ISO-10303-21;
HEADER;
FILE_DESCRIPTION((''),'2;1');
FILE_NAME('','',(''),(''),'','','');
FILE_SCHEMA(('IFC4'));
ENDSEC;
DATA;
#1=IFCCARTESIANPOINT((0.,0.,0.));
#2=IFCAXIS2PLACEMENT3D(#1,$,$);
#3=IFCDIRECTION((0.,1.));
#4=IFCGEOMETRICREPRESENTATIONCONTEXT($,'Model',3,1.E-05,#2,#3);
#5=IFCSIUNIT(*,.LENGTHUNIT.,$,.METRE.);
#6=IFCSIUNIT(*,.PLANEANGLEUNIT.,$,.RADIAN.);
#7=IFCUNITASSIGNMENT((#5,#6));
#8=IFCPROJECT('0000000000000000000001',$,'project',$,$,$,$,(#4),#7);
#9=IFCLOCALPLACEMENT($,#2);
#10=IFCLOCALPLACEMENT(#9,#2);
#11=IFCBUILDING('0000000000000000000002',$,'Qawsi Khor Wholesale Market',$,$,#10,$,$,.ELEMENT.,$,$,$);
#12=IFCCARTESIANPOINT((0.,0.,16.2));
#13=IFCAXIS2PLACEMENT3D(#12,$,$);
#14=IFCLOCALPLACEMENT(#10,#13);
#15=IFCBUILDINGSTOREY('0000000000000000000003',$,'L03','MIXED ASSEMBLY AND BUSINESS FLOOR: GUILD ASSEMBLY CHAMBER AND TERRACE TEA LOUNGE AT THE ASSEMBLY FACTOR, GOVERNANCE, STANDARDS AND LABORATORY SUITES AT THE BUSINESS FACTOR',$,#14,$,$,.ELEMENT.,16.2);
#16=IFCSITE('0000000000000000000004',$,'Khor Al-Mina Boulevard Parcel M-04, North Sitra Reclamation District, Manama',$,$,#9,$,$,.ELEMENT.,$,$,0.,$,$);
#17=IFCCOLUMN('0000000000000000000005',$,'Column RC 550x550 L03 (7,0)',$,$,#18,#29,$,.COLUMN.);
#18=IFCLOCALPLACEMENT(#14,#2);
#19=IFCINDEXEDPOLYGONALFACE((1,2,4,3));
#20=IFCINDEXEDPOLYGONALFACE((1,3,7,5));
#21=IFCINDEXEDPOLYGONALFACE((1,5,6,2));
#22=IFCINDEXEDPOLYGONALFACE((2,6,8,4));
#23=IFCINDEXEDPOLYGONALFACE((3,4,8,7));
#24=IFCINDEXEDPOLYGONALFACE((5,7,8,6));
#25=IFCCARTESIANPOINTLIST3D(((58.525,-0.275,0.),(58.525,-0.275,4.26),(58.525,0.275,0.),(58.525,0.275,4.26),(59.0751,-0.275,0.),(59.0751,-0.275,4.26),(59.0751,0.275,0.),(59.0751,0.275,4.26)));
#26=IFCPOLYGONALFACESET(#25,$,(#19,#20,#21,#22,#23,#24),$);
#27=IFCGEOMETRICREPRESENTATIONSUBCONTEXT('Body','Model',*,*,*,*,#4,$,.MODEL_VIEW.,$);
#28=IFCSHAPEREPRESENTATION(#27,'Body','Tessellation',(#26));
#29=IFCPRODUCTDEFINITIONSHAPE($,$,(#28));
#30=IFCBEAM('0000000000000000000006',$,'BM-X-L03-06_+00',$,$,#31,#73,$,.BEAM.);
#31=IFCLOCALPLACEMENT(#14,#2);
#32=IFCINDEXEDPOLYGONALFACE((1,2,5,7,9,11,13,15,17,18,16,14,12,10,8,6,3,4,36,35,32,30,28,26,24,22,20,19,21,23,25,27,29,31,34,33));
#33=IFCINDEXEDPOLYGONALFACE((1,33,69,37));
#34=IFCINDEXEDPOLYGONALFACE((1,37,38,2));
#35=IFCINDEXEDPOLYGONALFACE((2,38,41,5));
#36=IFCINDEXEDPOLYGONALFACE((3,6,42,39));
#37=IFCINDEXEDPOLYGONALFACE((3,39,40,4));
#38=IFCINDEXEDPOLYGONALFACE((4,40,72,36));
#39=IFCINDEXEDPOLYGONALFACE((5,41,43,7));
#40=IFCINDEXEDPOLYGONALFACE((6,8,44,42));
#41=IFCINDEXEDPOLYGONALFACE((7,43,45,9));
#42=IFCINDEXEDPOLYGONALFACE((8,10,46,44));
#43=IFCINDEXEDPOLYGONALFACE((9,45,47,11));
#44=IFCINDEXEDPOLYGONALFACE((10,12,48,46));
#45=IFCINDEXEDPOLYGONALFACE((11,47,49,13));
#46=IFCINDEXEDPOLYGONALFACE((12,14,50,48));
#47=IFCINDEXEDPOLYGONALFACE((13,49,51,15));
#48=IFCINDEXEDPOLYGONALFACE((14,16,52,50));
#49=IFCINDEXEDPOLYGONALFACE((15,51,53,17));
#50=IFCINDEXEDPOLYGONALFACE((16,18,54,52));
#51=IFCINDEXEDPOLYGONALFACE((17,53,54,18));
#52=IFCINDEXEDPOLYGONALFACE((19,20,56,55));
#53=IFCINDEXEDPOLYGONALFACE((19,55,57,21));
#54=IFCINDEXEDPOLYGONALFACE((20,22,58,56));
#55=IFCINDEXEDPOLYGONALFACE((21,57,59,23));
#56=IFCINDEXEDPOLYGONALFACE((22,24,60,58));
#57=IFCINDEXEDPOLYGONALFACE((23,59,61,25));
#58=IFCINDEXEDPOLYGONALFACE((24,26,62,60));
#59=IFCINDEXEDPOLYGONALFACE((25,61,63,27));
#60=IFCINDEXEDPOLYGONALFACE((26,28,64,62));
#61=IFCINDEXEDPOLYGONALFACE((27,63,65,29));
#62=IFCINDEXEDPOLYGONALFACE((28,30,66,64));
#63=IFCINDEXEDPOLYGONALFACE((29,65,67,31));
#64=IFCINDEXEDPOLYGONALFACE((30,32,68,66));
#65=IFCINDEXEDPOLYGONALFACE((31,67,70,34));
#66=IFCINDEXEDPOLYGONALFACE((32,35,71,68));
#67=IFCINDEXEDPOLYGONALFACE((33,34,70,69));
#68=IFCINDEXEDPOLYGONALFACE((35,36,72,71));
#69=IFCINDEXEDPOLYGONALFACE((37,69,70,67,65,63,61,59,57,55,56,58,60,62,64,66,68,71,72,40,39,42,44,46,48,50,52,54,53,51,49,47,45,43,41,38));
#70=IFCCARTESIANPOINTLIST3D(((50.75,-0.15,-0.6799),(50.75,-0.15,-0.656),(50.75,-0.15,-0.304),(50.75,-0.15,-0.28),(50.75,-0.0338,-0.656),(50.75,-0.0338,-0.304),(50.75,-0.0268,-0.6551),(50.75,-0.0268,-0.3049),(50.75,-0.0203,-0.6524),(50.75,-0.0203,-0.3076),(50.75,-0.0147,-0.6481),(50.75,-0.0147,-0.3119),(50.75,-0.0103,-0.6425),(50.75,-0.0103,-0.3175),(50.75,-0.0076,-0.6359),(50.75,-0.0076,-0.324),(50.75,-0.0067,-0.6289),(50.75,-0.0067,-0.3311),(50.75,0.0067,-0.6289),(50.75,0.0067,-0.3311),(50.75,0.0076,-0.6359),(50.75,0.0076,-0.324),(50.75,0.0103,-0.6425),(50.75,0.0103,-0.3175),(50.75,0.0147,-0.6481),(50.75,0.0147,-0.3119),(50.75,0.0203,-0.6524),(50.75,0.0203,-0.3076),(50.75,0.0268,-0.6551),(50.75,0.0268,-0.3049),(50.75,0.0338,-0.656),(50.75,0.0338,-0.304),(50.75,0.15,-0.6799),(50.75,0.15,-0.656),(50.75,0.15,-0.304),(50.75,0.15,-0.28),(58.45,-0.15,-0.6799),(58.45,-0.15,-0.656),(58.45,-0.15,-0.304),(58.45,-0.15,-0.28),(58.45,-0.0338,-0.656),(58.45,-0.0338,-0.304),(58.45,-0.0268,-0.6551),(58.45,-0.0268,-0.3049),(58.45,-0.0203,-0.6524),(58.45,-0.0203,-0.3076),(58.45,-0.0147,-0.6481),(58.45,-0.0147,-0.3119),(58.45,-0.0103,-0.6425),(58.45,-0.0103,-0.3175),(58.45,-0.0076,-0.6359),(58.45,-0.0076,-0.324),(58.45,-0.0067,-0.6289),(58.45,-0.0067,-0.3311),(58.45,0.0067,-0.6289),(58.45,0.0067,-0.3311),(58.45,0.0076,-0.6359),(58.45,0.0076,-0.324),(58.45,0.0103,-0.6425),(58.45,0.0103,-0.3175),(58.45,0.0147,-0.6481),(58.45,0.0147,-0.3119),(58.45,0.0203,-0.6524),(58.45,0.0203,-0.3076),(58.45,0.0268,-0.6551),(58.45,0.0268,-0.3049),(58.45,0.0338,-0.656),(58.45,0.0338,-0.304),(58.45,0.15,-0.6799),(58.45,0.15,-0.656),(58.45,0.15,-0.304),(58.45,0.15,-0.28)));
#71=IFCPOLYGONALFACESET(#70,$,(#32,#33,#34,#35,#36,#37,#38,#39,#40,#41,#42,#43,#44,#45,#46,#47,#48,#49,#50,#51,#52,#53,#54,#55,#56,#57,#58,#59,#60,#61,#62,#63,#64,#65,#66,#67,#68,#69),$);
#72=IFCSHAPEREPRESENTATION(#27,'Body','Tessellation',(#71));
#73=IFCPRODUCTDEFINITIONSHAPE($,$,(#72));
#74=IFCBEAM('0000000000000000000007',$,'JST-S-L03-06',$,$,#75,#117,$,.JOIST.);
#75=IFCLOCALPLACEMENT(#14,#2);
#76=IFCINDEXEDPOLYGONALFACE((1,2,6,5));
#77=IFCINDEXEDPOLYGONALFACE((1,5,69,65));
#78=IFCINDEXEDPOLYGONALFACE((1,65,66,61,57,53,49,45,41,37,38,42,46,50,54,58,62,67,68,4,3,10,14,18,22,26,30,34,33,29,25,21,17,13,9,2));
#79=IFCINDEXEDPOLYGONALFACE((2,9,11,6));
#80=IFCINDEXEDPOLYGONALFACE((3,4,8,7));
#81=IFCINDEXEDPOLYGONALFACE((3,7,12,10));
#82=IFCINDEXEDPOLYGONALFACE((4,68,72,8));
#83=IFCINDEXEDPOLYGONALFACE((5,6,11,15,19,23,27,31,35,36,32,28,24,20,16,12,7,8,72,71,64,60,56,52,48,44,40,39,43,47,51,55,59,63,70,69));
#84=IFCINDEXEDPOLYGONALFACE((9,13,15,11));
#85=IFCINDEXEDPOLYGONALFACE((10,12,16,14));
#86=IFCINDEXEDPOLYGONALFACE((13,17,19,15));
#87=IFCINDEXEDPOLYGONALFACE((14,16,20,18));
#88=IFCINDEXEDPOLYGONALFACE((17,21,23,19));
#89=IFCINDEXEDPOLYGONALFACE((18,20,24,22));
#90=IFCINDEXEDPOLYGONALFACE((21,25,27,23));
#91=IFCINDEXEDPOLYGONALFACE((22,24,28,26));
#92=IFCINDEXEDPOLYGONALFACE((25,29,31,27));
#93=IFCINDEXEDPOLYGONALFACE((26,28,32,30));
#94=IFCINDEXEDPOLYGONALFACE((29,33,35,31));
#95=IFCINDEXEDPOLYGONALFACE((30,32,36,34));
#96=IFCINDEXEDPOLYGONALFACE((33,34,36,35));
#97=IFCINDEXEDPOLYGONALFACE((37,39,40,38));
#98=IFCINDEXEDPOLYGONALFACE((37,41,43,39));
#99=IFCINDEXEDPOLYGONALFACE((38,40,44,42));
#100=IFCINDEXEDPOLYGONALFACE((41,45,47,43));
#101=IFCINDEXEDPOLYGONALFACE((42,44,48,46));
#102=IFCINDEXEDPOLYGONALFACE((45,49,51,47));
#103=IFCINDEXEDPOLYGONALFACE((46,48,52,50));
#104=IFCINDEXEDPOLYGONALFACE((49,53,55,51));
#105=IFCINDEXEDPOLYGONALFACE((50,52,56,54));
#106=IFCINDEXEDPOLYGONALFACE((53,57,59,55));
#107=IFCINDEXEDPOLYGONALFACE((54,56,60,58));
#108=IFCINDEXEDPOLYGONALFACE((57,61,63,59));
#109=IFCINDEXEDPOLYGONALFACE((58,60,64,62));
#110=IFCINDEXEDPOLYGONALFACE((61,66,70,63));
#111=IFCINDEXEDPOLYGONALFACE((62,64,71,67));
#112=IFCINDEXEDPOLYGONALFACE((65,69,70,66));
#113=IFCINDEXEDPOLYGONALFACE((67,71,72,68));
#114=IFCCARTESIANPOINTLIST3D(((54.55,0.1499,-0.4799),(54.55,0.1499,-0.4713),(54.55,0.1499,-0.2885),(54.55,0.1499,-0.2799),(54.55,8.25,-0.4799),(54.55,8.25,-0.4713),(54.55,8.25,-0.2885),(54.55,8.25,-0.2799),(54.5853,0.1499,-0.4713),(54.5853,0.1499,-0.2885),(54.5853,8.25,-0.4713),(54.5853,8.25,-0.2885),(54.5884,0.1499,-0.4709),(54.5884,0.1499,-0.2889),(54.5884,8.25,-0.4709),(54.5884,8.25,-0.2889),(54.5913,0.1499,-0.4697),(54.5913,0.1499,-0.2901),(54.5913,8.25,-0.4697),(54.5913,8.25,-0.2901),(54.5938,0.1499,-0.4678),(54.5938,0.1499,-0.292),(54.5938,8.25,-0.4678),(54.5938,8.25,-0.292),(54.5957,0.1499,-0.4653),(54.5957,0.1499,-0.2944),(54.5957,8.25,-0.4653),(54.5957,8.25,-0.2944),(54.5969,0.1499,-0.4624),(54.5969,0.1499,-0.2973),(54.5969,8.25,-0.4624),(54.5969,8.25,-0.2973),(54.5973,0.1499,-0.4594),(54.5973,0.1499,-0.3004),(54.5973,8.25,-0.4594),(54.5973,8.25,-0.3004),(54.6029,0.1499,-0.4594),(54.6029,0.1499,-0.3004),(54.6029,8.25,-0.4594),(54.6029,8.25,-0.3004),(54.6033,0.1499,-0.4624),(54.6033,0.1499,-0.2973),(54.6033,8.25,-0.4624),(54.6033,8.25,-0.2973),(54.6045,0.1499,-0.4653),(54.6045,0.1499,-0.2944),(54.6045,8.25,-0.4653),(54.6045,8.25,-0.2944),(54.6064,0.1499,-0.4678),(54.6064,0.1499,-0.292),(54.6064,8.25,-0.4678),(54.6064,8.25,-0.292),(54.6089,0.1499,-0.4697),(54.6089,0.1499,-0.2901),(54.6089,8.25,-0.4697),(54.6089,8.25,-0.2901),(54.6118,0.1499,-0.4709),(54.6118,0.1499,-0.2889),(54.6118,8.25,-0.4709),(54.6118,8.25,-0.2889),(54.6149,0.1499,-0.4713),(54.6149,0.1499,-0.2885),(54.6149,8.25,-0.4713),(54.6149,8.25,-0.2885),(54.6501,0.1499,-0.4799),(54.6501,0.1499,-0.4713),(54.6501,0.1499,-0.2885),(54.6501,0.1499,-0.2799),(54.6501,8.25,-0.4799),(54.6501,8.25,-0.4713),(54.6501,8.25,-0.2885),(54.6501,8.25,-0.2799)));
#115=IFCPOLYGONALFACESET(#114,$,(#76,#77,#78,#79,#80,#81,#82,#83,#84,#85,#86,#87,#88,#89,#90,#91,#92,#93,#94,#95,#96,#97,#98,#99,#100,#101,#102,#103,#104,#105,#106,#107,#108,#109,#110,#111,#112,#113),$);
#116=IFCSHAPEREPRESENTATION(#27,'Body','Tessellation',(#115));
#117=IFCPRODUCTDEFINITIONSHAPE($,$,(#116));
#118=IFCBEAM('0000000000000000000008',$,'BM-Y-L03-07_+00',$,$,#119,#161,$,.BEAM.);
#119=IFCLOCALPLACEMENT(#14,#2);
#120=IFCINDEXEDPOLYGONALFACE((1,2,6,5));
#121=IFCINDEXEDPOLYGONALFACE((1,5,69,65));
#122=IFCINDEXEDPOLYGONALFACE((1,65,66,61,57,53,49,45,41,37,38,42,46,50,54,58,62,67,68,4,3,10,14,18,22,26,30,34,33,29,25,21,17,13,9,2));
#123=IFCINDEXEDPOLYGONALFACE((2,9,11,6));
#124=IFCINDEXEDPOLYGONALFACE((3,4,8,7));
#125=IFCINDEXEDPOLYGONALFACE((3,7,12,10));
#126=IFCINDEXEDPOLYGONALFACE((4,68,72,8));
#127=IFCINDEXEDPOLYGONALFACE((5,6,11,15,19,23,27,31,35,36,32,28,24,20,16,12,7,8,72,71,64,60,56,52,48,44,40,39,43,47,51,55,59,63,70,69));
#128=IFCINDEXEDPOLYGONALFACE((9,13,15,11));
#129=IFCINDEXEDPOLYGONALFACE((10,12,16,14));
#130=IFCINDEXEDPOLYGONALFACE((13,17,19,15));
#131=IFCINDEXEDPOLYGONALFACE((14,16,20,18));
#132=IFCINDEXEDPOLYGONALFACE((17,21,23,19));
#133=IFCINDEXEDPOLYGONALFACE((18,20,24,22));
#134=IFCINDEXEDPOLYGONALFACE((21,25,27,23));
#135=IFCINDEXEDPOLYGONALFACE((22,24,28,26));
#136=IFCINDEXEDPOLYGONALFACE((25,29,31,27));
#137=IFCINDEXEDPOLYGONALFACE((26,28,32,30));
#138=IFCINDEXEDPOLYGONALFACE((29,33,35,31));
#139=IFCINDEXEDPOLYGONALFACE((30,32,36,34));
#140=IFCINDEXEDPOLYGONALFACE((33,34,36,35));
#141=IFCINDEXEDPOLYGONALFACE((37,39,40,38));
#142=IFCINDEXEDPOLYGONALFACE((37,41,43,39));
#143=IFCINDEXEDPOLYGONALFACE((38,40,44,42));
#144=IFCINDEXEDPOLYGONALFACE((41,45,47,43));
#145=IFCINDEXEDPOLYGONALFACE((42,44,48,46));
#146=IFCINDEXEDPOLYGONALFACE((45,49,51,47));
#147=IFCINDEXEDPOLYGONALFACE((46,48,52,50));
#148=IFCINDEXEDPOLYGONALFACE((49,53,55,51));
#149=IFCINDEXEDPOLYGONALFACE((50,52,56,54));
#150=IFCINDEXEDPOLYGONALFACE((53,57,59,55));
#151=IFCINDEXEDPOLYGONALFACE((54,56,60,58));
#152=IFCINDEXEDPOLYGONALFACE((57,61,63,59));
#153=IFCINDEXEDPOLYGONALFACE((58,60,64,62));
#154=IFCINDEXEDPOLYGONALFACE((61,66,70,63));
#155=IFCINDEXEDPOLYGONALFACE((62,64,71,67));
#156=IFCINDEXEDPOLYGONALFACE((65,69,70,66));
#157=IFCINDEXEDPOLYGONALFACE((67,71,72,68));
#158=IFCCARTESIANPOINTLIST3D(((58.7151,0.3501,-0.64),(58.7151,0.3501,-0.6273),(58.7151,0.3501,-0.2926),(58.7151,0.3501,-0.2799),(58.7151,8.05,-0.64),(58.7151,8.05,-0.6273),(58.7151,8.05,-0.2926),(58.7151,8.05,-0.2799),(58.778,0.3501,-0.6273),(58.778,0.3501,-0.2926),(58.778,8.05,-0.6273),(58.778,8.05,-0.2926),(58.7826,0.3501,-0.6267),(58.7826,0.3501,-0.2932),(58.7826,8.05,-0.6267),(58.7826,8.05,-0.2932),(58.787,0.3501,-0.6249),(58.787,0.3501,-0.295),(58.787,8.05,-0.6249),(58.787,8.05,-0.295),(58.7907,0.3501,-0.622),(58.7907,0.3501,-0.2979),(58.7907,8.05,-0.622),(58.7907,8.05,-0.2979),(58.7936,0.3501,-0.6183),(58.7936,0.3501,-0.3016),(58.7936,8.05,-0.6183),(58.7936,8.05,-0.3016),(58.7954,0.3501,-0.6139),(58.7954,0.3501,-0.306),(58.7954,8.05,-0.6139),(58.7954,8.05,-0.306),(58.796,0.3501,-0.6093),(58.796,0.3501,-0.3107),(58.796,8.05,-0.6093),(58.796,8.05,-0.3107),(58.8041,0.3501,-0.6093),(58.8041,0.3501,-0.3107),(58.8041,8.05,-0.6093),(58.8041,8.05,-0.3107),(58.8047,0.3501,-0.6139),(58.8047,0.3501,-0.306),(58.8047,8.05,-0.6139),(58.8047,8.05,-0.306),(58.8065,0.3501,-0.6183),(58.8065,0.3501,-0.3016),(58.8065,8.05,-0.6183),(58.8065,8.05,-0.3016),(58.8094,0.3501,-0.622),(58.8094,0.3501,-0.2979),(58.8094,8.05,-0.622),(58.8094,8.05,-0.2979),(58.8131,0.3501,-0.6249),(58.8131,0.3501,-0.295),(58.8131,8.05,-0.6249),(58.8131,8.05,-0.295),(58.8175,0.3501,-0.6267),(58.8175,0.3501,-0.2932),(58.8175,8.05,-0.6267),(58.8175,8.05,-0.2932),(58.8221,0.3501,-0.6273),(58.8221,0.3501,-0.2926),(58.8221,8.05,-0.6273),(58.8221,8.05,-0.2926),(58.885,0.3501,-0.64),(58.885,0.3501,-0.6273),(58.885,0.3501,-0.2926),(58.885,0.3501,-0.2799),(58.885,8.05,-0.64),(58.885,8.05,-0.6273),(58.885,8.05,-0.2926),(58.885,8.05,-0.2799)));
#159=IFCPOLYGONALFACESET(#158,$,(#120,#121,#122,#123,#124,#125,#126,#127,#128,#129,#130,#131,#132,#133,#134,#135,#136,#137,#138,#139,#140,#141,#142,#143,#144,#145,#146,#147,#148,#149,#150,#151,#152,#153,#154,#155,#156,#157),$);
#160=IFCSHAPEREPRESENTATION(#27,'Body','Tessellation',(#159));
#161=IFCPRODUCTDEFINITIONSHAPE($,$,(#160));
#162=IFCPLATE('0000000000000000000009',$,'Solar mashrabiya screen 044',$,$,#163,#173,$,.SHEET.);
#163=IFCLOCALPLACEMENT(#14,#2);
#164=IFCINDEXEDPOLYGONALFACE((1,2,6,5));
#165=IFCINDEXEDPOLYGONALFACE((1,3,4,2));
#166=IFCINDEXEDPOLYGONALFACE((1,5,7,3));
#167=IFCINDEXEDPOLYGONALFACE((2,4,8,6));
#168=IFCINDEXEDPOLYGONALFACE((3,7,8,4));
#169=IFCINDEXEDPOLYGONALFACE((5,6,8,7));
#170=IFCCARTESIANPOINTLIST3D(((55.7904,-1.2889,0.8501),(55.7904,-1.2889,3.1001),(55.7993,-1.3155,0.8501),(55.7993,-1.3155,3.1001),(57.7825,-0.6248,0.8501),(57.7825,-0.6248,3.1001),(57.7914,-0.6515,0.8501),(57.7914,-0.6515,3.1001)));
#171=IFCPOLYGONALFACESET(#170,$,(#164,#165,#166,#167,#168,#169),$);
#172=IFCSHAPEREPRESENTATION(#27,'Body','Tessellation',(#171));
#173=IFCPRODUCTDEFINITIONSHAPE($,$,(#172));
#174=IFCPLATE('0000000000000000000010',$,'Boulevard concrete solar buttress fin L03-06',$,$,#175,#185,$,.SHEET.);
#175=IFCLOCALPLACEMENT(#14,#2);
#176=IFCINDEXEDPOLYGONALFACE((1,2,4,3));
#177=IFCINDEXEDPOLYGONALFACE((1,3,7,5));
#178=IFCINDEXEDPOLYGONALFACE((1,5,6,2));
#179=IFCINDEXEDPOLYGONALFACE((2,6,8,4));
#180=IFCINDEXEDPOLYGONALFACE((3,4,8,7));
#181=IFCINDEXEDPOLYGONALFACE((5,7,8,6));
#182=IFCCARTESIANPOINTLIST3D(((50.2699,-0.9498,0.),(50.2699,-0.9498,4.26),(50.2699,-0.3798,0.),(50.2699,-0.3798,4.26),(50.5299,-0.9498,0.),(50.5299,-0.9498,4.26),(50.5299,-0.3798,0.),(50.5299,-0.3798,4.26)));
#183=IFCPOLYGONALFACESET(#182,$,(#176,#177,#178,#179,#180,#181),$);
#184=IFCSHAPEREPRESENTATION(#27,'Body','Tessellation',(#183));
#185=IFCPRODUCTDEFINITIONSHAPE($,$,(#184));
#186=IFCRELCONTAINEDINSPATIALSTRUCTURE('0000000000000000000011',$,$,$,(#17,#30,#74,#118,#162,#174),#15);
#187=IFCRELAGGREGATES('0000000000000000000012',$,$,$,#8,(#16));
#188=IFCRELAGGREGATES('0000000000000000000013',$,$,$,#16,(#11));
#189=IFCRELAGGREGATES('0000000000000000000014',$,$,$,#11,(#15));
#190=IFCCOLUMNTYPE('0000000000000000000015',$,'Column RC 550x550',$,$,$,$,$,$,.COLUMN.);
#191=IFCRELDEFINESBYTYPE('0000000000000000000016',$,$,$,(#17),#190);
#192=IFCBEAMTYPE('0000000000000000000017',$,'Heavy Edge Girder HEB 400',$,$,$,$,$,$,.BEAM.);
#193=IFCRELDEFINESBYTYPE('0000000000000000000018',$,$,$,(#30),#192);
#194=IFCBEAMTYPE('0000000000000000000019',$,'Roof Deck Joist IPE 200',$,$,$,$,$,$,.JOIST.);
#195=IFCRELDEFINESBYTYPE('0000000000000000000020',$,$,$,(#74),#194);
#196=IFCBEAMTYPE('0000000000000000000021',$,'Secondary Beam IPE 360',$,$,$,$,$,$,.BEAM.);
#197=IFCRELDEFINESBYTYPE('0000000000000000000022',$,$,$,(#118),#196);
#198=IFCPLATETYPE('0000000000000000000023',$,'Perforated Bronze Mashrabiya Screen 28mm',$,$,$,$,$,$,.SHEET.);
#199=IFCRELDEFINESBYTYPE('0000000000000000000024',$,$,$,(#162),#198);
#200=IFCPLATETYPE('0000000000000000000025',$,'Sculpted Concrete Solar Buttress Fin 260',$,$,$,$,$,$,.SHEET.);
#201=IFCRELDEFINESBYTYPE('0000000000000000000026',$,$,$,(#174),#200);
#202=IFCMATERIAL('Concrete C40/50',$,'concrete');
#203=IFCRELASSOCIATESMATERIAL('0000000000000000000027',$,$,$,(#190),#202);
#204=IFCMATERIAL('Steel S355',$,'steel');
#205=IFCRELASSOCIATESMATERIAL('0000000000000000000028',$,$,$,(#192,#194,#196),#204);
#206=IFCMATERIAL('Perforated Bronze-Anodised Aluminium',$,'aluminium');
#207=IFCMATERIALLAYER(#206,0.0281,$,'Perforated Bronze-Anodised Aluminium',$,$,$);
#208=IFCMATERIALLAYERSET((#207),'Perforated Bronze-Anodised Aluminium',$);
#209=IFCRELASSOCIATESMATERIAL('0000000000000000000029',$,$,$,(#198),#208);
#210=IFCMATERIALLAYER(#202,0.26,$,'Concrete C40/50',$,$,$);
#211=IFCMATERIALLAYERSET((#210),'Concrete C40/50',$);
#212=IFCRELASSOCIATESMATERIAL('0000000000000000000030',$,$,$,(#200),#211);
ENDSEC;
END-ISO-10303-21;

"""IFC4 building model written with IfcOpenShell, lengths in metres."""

from ifc_helpers import new_model, si_unit, direction, frame, frame_2d, origin, origin_2d, place, context, subcontext, project, spatial, rectangle, i_section, extrude, material, layer, layer_set, material_profile, profile_set, type_object, element, save


model = new_model("IFC4")

# Units and contexts
model_context = context("Model", 3, precision=1e-05, world=origin(), true_north=direction((0.0, 1.0)))
body_context = subcontext(model_context, "Body", "Model", "MODEL_VIEW")
ifc_project = project(units=[si_unit("LENGTHUNIT", "METRE"), si_unit("PLANEANGLEUNIT", "RADIAN")], contexts=[model_context])

# Site, building, storey
site_placement = place(None, origin())
site = spatial("IfcSite", under=ifc_project, at=site_placement, Name="Khor Al-Mina Boulevard Parcel M-04, North Sitra Reclamation District, Manama", CompositionType="ELEMENT", RefElevation=0.0)
building_placement = place(site_placement, origin())
building = spatial("IfcBuilding", under=site, at=building_placement, Name="Qawsi Khor Wholesale Market", CompositionType="ELEMENT")
storey_placement = place(building_placement, frame((0.0, 0.0, 16.2)))
storey = spatial("IfcBuildingStorey", under=building, at=storey_placement, Name="L03", Description="MIXED ASSEMBLY AND BUSINESS FLOOR: GUILD ASSEMBLY CHAMBER AND TERRACE TEA LOUNGE AT THE ASSEMBLY FACTOR, GOVERNANCE, STANDARDS AND LABORATORY SUITES AT THE BUSINESS FACTOR", CompositionType="ELEMENT", Elevation=16.2)

# Column
ifc_material_1 = material(Name="Concrete C40/50", Category="concrete")
ifc_material_profile_1 = material_profile(ifc_material_1, rectangle(XDim=0.55, YDim=0.55, at=origin_2d()), Name="RC 550x550")
ifc_profile_set_1 = profile_set([ifc_material_profile_1], Name="Concrete C40/50")
column_type = type_object("IfcColumnType", Name="Column RC 550x550", PredefinedType="COLUMN", material=ifc_profile_set_1)
column_placement = place(storey_placement, frame((58.8, 0.0, 0.0), z_axis=(0.0, 0.0, 1.0), x_axis=(1.0, 0.0, 0.0)))
element("IfcColumn", 1, at=column_placement, inside=storey, type_object=column_type, Name="Column RC 550x550 L03 (7,0)", PredefinedType="COLUMN", context=body_context, shape_type="SweptSolid", body=[
    extrude(rectangle(XDim=0.55, YDim=0.55, at=origin_2d()), origin(), (0.0, 0.0, 1.0), 4.26),
])

# Beams
ifc_material_2 = material(Name="Steel S355", Category="steel")
ifc_material_profile_2 = material_profile(ifc_material_2, i_section(OverallWidth=0.3, OverallDepth=0.3999, WebThickness=0.0134, FlangeThickness=0.0239, FilletRadius=0.0271, at=origin_2d()), Name="HEB 400")
ifc_profile_set_2 = profile_set([ifc_material_profile_2], Name="Steel S355")
beam_type_1 = type_object("IfcBeamType", Name="Heavy Edge Girder HEB 400", PredefinedType="BEAM", material=ifc_profile_set_2)
beam_1_placement = place(storey_placement, frame((50.75, 0.0, -0.48), z_axis=(1.0, 0.0, 0.0), x_axis=(0.0, 1.0, 0.0)))
element("IfcBeam", 2, at=beam_1_placement, inside=storey, type_object=beam_type_1, Name="BM-X-L03-06_+00", PredefinedType="BEAM", context=body_context, shape_type="SweptSolid", body=[
    extrude(i_section(OverallWidth=0.3, OverallDepth=0.3999, WebThickness=0.0134, FlangeThickness=0.0239, FilletRadius=0.0271, at=origin_2d()), origin(), (0.0, 0.0, 1.0), 7.7),
])
ifc_material_profile_3 = material_profile(ifc_material_2, i_section(OverallWidth=0.1001, OverallDepth=0.2, WebThickness=0.0056, FlangeThickness=0.0085, FilletRadius=0.012, at=origin_2d()), Name="IPE 200")
ifc_profile_set_3 = profile_set([ifc_material_profile_3], Name="Steel S355")
beam_type_2 = type_object("IfcBeamType", Name="Roof Deck Joist IPE 200", PredefinedType="JOIST", material=ifc_profile_set_3)
beam_2_placement = place(storey_placement, frame((54.6001, 0.1499, -0.3799), z_axis=(0.0, 1.0, 0.0), x_axis=(-1.0, 0.0, 0.0)))
element("IfcBeam", 3, at=beam_2_placement, inside=storey, type_object=beam_type_2, Name="JST-S-L03-06", PredefinedType="JOIST", context=body_context, shape_type="SweptSolid", body=[
    extrude(i_section(OverallWidth=0.1001, OverallDepth=0.2, WebThickness=0.0056, FlangeThickness=0.0085, FilletRadius=0.012, at=origin_2d()), origin(), (0.0, 0.0, 1.0), 8.1001),
])
ifc_material_profile_4 = material_profile(ifc_material_2, i_section(OverallWidth=0.1699, OverallDepth=0.3601, WebThickness=0.0081, FlangeThickness=0.0127, FilletRadius=0.0181, at=origin_2d()), Name="IPE 360")
ifc_profile_set_4 = profile_set([ifc_material_profile_4], Name="Steel S355")
beam_type_3 = type_object("IfcBeamType", Name="Secondary Beam IPE 360", PredefinedType="BEAM", material=ifc_profile_set_4)
beam_3_placement = place(storey_placement, frame((58.8, 0.3501, -0.46), z_axis=(0.0, 1.0, 0.0), x_axis=(-1.0, 0.0, 0.0)))
element("IfcBeam", 4, at=beam_3_placement, inside=storey, type_object=beam_type_3, Name="BM-Y-L03-07_+00", PredefinedType="BEAM", context=body_context, shape_type="SweptSolid", body=[
    extrude(i_section(OverallWidth=0.1699, OverallDepth=0.3601, WebThickness=0.0081, FlangeThickness=0.0127, FilletRadius=0.0181, at=origin_2d()), origin(), (0.0, 0.0, 1.0), 7.7),
])

# Plates
ifc_material_3 = material(Name="Perforated Bronze-Anodised Aluminium", Category="aluminium")
ifc_layer_1 = layer(ifc_material_3, 0.0281, Name="Perforated Bronze-Anodised Aluminium")
ifc_layer_set_1 = layer_set([ifc_layer_1], Name="Perforated Bronze-Anodised Aluminium")
plate_type_1 = type_object("IfcPlateType", Name="Perforated Bronze Mashrabiya Screen 28mm", PredefinedType="SHEET", material=ifc_layer_set_1)
plate_1_placement = place(storey_placement, frame((57.7869, -0.6382, 0.8501), z_axis=(0.0, 0.0, 1.0), x_axis=(-0.948683, -0.316228, 0.0)))
element("IfcPlate", 5, at=plate_1_placement, inside=storey, type_object=plate_type_1, Name="Solar mashrabiya screen 044", PredefinedType="SHEET", context=body_context, shape_type="SweptSolid", body=[
    extrude(rectangle(XDim=2.0999, YDim=0.0281, at=frame_2d((1.0498, 0.0))), origin(), (0.0, 0.0, 1.0), 2.25),
])
ifc_layer_2 = layer(ifc_material_1, 0.26, Name="Concrete C40/50")
ifc_layer_set_2 = layer_set([ifc_layer_2], Name="Concrete C40/50")
plate_type_2 = type_object("IfcPlateType", Name="Sculpted Concrete Solar Buttress Fin 260", PredefinedType="SHEET", material=ifc_layer_set_2)
plate_2_placement = place(storey_placement, frame((50.3999, -0.95, 0.0), z_axis=(0.0, 0.0, 1.0), x_axis=(0.0, 1.0, 0.0)))
element("IfcPlate", 6, at=plate_2_placement, inside=storey, type_object=plate_type_2, Name="Boulevard concrete solar buttress fin L03-06", PredefinedType="SHEET", context=body_context, shape_type="SweptSolid", body=[
    extrude(rectangle(XDim=0.5701, YDim=0.26, at=frame_2d((0.2852, 0.0))), origin(), (0.0, 0.0, 1.0), 4.26),
])

save(model, "model.ifc")
